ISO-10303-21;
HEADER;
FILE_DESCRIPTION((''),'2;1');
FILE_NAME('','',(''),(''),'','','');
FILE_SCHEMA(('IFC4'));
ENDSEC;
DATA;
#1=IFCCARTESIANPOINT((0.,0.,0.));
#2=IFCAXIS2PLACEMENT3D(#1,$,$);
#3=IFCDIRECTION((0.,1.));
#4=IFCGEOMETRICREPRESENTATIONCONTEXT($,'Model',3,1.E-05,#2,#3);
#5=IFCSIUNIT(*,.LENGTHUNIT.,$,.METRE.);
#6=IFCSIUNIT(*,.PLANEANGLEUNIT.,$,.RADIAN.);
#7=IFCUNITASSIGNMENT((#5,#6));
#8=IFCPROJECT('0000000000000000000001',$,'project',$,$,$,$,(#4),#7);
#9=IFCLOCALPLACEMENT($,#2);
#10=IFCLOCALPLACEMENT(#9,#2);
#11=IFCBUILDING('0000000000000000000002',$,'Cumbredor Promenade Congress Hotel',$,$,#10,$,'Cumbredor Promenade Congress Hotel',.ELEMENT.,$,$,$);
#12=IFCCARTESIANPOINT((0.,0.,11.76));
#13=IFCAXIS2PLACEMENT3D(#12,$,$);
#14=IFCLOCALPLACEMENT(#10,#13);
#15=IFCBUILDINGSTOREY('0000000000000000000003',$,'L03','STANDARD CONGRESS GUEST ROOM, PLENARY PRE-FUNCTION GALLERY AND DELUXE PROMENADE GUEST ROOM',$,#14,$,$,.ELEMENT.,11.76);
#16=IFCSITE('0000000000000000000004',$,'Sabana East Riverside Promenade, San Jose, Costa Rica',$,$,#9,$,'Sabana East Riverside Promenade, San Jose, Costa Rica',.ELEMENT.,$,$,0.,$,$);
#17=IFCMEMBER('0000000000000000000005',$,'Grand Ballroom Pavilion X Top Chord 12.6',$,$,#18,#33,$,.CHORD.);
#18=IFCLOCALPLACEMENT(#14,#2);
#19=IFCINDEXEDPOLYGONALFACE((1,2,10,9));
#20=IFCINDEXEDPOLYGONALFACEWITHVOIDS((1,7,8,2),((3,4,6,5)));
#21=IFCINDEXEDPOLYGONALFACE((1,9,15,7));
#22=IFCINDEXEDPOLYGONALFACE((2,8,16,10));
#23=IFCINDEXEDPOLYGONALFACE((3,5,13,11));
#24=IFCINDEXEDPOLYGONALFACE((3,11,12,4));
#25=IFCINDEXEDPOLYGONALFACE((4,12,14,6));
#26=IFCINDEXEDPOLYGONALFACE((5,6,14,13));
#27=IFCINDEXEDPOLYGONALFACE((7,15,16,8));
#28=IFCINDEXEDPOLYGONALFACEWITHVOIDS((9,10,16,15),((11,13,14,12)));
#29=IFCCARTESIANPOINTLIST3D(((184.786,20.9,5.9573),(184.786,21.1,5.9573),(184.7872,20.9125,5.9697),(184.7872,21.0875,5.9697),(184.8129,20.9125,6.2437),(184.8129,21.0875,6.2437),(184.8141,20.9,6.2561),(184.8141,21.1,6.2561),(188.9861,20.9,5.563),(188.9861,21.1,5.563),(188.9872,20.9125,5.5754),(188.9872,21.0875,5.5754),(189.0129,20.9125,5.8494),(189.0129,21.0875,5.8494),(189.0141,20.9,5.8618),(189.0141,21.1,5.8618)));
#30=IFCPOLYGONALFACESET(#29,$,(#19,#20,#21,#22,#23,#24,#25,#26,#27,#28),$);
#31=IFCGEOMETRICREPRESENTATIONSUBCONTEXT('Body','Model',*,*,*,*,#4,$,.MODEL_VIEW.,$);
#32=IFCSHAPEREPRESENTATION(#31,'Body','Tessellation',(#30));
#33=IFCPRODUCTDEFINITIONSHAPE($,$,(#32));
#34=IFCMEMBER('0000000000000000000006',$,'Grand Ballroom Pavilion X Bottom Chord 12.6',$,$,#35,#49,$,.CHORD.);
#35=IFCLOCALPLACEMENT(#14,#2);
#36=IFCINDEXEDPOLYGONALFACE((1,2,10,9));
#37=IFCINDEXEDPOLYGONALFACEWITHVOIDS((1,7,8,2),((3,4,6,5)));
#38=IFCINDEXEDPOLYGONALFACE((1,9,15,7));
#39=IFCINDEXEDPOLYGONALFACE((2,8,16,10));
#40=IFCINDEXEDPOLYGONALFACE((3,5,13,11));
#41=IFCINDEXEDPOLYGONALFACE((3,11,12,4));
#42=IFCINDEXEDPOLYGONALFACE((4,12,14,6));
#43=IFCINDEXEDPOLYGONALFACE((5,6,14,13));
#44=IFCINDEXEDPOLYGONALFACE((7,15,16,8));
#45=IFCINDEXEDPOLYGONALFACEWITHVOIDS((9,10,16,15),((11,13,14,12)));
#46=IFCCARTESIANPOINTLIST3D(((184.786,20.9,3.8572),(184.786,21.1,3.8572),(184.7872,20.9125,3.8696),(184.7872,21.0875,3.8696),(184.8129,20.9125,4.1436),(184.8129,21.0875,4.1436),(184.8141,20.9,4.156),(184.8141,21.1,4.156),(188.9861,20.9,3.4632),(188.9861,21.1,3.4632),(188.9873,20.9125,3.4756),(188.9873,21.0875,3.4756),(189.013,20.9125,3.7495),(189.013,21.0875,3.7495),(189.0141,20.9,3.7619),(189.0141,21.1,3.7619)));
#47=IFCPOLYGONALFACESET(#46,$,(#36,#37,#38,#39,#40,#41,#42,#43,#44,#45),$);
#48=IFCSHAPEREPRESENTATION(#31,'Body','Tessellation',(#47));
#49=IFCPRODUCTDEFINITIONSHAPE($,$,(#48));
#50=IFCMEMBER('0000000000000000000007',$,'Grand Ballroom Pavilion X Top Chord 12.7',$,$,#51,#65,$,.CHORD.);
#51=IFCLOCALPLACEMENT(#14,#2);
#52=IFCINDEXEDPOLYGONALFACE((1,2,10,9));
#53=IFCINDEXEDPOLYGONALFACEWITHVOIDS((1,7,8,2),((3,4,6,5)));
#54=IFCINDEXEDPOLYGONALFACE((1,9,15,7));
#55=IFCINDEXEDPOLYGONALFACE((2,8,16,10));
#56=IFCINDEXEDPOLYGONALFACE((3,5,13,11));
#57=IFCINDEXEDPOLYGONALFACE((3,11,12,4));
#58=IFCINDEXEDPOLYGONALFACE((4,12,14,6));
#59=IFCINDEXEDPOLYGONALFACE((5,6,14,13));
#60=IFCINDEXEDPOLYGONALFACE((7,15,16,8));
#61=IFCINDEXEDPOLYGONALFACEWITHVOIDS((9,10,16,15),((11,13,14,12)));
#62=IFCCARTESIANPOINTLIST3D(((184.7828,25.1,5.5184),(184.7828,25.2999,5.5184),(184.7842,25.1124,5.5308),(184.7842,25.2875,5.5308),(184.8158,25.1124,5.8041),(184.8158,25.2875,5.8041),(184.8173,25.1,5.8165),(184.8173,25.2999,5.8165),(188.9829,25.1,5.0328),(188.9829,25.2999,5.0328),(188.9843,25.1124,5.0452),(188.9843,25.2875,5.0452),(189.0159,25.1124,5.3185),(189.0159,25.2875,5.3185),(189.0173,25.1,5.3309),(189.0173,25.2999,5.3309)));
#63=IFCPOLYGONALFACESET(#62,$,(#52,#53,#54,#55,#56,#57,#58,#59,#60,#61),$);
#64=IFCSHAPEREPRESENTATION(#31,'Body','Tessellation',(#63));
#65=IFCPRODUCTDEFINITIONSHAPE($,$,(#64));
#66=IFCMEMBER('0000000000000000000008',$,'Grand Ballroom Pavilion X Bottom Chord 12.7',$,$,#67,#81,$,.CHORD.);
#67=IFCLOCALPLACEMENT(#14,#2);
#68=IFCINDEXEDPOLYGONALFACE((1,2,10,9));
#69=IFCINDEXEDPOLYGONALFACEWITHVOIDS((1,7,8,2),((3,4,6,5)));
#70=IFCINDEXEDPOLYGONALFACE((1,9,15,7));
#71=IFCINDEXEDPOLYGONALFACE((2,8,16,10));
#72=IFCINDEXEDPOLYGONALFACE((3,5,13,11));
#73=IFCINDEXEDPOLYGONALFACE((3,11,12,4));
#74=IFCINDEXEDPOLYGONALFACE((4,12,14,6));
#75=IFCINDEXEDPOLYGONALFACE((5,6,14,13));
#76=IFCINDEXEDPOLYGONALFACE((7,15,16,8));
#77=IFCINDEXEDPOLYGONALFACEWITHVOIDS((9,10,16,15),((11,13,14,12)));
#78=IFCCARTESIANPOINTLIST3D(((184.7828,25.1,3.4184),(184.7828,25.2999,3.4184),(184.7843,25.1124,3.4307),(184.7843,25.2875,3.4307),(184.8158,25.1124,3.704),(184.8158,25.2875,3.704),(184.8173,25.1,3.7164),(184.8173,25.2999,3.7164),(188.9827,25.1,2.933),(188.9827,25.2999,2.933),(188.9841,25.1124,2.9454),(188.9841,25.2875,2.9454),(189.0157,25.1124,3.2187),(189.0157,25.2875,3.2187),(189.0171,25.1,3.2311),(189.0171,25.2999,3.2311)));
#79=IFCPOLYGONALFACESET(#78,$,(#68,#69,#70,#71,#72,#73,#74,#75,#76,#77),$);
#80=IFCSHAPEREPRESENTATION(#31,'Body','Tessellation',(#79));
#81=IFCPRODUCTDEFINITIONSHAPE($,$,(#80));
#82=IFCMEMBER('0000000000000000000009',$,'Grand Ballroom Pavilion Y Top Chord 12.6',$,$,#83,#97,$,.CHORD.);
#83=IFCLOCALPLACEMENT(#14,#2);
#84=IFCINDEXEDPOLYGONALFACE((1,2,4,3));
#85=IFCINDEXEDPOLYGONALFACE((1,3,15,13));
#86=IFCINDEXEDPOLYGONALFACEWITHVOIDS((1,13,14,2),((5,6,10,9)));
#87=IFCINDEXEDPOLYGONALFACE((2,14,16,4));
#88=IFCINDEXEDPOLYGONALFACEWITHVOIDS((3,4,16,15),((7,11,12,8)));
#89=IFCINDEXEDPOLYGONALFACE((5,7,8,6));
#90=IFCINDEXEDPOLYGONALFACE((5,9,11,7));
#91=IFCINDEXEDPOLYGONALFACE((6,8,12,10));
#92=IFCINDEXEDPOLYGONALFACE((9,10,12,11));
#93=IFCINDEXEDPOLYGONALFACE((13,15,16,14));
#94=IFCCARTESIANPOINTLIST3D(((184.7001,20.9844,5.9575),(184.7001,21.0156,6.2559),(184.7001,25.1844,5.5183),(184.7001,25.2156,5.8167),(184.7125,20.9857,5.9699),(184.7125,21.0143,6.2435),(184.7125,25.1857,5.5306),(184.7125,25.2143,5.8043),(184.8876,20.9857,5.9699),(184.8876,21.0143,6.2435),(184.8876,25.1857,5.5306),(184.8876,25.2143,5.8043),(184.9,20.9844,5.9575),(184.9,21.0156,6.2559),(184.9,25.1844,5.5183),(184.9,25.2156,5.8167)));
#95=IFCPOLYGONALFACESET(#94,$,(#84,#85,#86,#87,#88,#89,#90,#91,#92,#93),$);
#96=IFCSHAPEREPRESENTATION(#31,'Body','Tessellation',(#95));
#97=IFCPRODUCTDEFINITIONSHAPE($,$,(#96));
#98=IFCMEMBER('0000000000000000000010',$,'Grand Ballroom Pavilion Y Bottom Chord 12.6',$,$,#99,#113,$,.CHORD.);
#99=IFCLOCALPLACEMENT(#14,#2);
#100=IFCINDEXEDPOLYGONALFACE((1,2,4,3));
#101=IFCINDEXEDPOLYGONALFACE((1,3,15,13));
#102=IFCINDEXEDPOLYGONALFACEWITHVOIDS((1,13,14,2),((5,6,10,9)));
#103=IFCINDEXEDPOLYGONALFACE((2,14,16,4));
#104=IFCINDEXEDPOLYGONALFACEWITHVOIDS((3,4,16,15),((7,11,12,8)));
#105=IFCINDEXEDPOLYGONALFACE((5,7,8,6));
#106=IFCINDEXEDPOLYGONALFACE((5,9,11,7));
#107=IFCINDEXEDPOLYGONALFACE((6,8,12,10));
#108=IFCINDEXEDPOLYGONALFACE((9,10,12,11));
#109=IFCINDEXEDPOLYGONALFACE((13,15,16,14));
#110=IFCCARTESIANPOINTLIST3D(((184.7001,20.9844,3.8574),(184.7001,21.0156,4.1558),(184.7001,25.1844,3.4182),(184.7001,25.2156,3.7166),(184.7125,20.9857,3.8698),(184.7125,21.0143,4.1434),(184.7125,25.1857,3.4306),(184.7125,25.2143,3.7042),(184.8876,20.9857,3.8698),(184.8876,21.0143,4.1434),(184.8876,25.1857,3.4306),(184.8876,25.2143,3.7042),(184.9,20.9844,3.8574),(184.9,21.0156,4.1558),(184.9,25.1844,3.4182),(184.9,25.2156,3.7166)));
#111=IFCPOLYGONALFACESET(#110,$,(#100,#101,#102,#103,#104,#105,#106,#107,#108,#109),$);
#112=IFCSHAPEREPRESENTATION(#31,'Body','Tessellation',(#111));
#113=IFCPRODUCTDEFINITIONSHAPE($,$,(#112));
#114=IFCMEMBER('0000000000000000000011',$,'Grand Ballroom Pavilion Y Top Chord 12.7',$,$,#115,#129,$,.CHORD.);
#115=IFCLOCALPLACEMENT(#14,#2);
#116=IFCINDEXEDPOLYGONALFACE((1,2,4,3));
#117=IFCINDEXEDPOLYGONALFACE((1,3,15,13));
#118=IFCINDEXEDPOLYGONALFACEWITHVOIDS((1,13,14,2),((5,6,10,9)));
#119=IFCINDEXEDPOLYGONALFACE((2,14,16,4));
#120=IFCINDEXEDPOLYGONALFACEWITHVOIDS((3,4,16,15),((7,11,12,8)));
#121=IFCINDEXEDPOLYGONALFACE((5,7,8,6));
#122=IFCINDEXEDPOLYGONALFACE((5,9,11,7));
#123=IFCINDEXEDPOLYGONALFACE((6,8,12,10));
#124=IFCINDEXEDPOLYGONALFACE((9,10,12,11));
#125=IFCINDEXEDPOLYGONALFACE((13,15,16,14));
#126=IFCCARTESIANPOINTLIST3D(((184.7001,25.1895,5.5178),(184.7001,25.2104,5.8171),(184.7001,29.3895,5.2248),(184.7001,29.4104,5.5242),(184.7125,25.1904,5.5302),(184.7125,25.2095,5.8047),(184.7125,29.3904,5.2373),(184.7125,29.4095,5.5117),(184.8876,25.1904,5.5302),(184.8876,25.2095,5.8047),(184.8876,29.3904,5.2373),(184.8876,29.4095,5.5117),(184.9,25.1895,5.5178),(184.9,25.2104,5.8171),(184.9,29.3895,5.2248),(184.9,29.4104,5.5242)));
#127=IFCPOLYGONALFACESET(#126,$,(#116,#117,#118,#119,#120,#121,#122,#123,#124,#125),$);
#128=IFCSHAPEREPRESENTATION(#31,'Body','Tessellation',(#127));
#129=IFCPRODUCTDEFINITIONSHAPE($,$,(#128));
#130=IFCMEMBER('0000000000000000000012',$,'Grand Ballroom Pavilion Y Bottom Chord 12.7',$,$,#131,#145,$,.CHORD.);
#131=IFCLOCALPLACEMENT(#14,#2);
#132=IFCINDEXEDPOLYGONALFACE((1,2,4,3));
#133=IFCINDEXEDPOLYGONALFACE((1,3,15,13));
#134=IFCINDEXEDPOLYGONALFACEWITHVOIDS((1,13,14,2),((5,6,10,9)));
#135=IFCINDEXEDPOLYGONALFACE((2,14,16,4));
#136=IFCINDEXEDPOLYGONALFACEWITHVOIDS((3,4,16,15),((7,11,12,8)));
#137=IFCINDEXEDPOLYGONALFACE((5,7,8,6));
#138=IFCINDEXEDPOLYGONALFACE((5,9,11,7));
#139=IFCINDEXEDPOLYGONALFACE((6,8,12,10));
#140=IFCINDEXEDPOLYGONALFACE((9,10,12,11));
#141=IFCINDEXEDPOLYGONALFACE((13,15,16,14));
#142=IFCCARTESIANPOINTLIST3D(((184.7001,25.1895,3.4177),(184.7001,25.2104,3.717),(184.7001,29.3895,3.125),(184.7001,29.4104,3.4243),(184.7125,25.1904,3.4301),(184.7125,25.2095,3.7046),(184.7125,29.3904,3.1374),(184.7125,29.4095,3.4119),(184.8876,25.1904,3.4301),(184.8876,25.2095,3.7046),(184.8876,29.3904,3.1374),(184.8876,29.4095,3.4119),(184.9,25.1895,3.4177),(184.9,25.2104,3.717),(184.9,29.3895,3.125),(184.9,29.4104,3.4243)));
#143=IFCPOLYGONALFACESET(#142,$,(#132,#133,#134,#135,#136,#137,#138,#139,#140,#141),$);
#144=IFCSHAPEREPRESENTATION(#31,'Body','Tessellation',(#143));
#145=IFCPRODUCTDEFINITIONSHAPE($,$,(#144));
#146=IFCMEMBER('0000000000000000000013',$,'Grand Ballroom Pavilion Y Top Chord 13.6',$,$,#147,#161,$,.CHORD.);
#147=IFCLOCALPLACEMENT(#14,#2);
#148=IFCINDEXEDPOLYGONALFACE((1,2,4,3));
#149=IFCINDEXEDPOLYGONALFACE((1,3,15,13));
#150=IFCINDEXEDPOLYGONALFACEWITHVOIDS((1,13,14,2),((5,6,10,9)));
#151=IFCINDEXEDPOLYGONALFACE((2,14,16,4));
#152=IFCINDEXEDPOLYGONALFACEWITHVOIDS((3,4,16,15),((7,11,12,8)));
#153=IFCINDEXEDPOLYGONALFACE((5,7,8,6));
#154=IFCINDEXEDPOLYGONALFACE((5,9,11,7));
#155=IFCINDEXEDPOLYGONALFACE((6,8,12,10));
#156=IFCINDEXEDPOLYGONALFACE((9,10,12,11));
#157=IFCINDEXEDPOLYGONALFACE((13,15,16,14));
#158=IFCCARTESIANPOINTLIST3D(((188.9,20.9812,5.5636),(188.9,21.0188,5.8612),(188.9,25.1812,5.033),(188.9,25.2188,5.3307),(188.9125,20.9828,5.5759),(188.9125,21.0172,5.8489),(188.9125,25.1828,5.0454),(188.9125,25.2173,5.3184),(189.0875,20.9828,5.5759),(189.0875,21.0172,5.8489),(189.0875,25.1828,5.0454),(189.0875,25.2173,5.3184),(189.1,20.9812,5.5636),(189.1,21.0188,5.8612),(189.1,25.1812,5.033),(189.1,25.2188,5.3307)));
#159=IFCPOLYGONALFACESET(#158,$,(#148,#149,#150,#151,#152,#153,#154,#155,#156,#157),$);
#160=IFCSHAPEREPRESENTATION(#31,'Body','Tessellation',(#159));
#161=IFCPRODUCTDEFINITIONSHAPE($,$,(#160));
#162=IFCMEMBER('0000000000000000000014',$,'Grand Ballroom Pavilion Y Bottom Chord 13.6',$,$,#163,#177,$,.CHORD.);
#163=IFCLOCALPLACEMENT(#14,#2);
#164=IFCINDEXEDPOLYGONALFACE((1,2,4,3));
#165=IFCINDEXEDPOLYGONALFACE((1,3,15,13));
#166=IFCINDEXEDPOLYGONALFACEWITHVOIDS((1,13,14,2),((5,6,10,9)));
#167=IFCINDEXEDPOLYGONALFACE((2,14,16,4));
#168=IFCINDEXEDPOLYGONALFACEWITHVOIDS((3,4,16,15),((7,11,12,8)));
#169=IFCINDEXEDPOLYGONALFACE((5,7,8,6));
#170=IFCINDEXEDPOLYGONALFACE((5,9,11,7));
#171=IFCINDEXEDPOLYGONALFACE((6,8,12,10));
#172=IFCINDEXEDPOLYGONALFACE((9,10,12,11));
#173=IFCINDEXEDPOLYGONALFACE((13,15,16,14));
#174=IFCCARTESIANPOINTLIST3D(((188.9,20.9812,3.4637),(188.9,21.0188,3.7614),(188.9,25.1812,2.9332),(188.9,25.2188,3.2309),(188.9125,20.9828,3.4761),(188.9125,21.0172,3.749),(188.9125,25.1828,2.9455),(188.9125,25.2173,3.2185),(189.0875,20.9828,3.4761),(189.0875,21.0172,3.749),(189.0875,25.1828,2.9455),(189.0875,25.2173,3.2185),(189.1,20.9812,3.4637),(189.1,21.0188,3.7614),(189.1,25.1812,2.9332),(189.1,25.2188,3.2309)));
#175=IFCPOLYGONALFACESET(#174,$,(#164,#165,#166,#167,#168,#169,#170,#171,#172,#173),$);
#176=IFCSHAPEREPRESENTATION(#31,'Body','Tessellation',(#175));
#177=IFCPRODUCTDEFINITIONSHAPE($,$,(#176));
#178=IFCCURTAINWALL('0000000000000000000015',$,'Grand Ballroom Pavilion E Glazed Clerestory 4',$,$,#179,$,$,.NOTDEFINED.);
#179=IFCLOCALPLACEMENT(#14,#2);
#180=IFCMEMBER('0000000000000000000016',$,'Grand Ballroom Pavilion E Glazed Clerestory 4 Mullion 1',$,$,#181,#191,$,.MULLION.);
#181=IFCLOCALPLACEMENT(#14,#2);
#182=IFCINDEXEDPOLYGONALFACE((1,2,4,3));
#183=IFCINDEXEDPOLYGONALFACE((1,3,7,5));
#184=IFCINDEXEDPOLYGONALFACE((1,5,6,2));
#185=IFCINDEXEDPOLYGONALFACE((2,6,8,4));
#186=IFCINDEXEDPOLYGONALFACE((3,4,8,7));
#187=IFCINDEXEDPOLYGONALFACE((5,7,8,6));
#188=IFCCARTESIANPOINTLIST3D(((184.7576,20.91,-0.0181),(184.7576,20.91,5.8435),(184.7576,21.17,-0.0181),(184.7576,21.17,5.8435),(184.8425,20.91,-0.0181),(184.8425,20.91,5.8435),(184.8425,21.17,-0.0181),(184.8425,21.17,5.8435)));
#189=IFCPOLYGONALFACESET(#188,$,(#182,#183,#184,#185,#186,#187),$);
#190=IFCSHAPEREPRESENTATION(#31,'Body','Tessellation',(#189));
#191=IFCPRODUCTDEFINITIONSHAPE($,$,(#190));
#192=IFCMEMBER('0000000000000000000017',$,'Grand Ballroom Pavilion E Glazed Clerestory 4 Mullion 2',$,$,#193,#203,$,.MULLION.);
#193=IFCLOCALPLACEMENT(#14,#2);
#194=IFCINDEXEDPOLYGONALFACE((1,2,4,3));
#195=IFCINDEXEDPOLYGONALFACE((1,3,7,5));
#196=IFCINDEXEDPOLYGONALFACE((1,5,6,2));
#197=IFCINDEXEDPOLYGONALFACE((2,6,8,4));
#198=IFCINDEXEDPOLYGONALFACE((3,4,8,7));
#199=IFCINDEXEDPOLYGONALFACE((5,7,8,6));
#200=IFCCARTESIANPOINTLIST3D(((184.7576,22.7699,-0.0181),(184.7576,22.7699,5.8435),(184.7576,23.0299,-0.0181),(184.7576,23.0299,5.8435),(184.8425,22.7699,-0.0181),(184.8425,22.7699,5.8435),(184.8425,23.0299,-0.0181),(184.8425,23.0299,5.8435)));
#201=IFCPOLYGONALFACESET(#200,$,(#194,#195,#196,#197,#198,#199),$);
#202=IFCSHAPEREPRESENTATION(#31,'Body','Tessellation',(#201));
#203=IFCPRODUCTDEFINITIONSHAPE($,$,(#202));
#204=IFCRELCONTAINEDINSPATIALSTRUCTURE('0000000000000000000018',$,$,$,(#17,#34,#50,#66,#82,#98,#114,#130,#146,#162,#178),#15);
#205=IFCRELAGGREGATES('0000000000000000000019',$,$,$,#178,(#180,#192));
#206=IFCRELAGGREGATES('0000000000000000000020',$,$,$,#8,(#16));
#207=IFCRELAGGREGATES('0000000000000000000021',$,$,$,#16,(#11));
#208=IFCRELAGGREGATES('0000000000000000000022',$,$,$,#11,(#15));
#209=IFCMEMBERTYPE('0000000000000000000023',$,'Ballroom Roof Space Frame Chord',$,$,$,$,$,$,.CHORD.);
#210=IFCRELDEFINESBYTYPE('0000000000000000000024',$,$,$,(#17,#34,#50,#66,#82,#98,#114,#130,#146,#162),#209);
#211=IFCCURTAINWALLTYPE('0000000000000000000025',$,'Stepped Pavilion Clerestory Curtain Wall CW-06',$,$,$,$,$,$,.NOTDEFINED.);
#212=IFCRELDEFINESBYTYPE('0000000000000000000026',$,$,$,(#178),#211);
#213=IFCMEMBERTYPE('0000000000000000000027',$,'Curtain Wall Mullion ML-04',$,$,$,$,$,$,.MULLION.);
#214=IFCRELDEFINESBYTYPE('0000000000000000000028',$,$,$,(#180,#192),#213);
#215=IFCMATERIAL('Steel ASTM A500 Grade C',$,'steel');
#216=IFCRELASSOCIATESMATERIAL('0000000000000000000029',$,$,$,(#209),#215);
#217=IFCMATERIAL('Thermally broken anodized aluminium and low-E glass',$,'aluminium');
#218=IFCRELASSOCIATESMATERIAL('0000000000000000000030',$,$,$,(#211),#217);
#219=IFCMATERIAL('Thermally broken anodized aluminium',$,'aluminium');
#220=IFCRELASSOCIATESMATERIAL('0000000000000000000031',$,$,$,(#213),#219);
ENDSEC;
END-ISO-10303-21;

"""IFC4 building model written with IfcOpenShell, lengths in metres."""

from ifc_helpers import new_model, si_unit, direction, frame, origin, origin_2d, place, context, subcontext, project, spatial, rectangle, hollow_rectangle, extrude, material, material_profile, profile_set, type_object, element, aggregate, save


model = new_model("IFC4")

# Units and contexts
model_context = context("Model", 3, precision=1e-05, world=origin(), true_north=direction((0.0, 1.0)))
body_context = subcontext(model_context, "Body", "Model", "MODEL_VIEW")
ifc_project = project(units=[si_unit("LENGTHUNIT", "METRE"), si_unit("PLANEANGLEUNIT", "RADIAN")], contexts=[model_context])

# Site, building, storey
site_placement = place(None, origin())
site = spatial("IfcSite", under=ifc_project, at=site_placement, Name="Sabana East Riverside Promenade, San Jose, Costa Rica", LongName="Sabana East Riverside Promenade, San Jose, Costa Rica", CompositionType="ELEMENT", RefElevation=0.0)
building_placement = place(site_placement, origin())
building = spatial("IfcBuilding", under=site, at=building_placement, Name="Cumbredor Promenade Congress Hotel", LongName="Cumbredor Promenade Congress Hotel", CompositionType="ELEMENT")
storey_placement = place(building_placement, frame((0.0, 0.0, 11.76)))
storey = spatial("IfcBuildingStorey", under=building, at=storey_placement, Name="L03", Description="STANDARD CONGRESS GUEST ROOM, PLENARY PRE-FUNCTION GALLERY AND DELUXE PROMENADE GUEST ROOM", CompositionType="ELEMENT", Elevation=11.76)

# Members
ifc_material_1 = material(Name="Steel ASTM A500 Grade C", Category="steel")
ifc_material_profile_1 = material_profile(ifc_material_1, hollow_rectangle(XDim=0.2, YDim=0.3, WallThickness=0.0125, at=origin_2d()), Name="HSS 300x200x12.5")
ifc_profile_set_1 = profile_set([ifc_material_profile_1], Name="Steel ASTM A500 Grade C")
member_type_1 = type_object("IfcMemberType", Name="Ballroom Roof Space Frame Chord", PredefinedType="CHORD", material=ifc_profile_set_1)
for number, where, z_axis, x_axis, name in (
    (1, (184.8, 21.0, 6.1067), (0.995622, 0.0, -0.093468), (0.0, 1.0, 0.0), "Grand Ballroom Pavilion X Top Chord 12.6"),
    (2, (184.8, 21.0, 4.0066), (0.995628, 0.0, -0.093411), (0.0, 1.0, 0.0), "Grand Ballroom Pavilion X Bottom Chord 12.6"),
):
    element("IfcMember", number, at=place(storey_placement, frame(where, z_axis=z_axis, x_axis=x_axis)), inside=storey, type_object=member_type_1, Name=name, PredefinedType="CHORD", context=body_context, shape_type="SweptSolid", body=[
        extrude(hollow_rectangle(XDim=0.2, YDim=0.3, WallThickness=0.0125, at=origin_2d()), origin(), (0.0, 0.0, 1.0), 4.2185),
    ])
member_1_placement = place(storey_placement, frame((184.8, 25.2, 5.6675), z_axis=(0.993382, 0.0, -0.114854), x_axis=(0.0, 1.0, 0.0)))
element("IfcMember", 3, at=member_1_placement, inside=storey, type_object=member_type_1, Name="Grand Ballroom Pavilion X Top Chord 12.7", PredefinedType="CHORD", context=body_context, shape_type="SweptSolid", body=[
    extrude(hollow_rectangle(XDim=0.2, YDim=0.3, WallThickness=0.0125, at=origin_2d()), origin(), (0.0, 0.0, 1.0), 4.228),
])
member_2_placement = place(storey_placement, frame((184.8, 25.2, 3.5674), z_axis=(0.993389, 0.0, -0.114797), x_axis=(0.0, 1.0, 0.0)))
element("IfcMember", 4, at=member_2_placement, inside=storey, type_object=member_type_1, Name="Grand Ballroom Pavilion X Bottom Chord 12.7", PredefinedType="CHORD", context=body_context, shape_type="SweptSolid", body=[
    extrude(hollow_rectangle(XDim=0.2, YDim=0.3, WallThickness=0.0125, at=origin_2d()), origin(), (0.0, 0.0, 1.0), 4.2278),
])
for number, where, z_axis, x_axis, name in (
    (5, (184.8, 21.0, 6.1067), (0.0, 0.994577, -0.104008), (-1.0, 0.0, 0.0), "Grand Ballroom Pavilion Y Top Chord 12.6"),
    (6, (184.8, 21.0, 4.0066), (0.0, 0.994577, -0.104008), (-1.0, 0.0, 0.0), "Grand Ballroom Pavilion Y Bottom Chord 12.6"),
):
    element("IfcMember", number, at=place(storey_placement, frame(where, z_axis=z_axis, x_axis=x_axis)), inside=storey, type_object=member_type_1, Name=name, PredefinedType="CHORD", context=body_context, shape_type="SweptSolid", body=[
        extrude(hollow_rectangle(XDim=0.2, YDim=0.3, WallThickness=0.0125, at=origin_2d()), origin(), (0.0, 0.0, 1.0), 4.2229),
    ])
for number, where, z_axis, x_axis, name in (
    (7, (184.8, 25.2, 5.6675), (0.0, 0.997576, -0.069586), (-1.0, 0.0, 0.0), "Grand Ballroom Pavilion Y Top Chord 12.7"),
    (8, (184.8, 25.2, 3.5674), (0.0, 0.99758, -0.069528), (-1.0, 0.0, 0.0), "Grand Ballroom Pavilion Y Bottom Chord 12.7"),
):
    element("IfcMember", number, at=place(storey_placement, frame(where, z_axis=z_axis, x_axis=x_axis)), inside=storey, type_object=member_type_1, Name=name, PredefinedType="CHORD", context=body_context, shape_type="SweptSolid", body=[
        extrude(hollow_rectangle(XDim=0.2, YDim=0.3, WallThickness=0.0125, at=origin_2d()), origin(), (0.0, 0.0, 1.0), 4.2102),
    ])
for number, where, z_axis, x_axis, name in (
    (9, (189.0, 21.0, 5.7124), (0.0, 0.992116, -0.125319), (-1.0, 0.0, 0.0), "Grand Ballroom Pavilion Y Top Chord 13.6"),
    (10, (189.0, 21.0, 3.6125), (0.0, 0.992116, -0.125319), (-1.0, 0.0, 0.0), "Grand Ballroom Pavilion Y Bottom Chord 13.6"),
):
    element("IfcMember", number, at=place(storey_placement, frame(where, z_axis=z_axis, x_axis=x_axis)), inside=storey, type_object=member_type_1, Name=name, PredefinedType="CHORD", context=body_context, shape_type="SweptSolid", body=[
        extrude(hollow_rectangle(XDim=0.2, YDim=0.3, WallThickness=0.0125, at=origin_2d()), origin(), (0.0, 0.0, 1.0), 4.2334),
    ])

# Curtain wall, members
ifc_material_2 = material(Name="Thermally broken anodized aluminium and low-E glass", Category="aluminium")
curtain_wall_type = type_object("IfcCurtainWallType", Name="Stepped Pavilion Clerestory Curtain Wall CW-06", PredefinedType="NOTDEFINED", material=ifc_material_2)
curtain_wall_placement = place(storey_placement, origin())
curtain_wall = element("IfcCurtainWall", 11, at=curtain_wall_placement, inside=storey, type_object=curtain_wall_type, Name="Grand Ballroom Pavilion E Glazed Clerestory 4", PredefinedType="NOTDEFINED")
ifc_material_3 = material(Name="Thermally broken anodized aluminium", Category="aluminium")
ifc_material_profile_2 = material_profile(ifc_material_3, rectangle(XDim=0.085, YDim=0.26, at=origin_2d()), Name="ALU MULLION CLERESTORY 85x260")
ifc_profile_set_2 = profile_set([ifc_material_profile_2], Name="Thermally broken anodized aluminium")
member_type_2 = type_object("IfcMemberType", Name="Curtain Wall Mullion ML-04", PredefinedType="MULLION", material=ifc_profile_set_2)
member_3_placement = place(storey_placement, frame((184.8, 21.04, -0.0181), z_axis=(0.0, 0.0, 1.0), x_axis=(1.0, 0.0, 0.0)))
member_3 = element("IfcMember", 12, at=member_3_placement, type_object=member_type_2, Name="Grand Ballroom Pavilion E Glazed Clerestory 4 Mullion 1", PredefinedType="MULLION", context=body_context, shape_type="SweptSolid", body=[
    extrude(rectangle(XDim=0.085, YDim=0.26, at=origin_2d()), origin(), (0.0, 0.0, 1.0), 5.8616),
])
member_4_placement = place(storey_placement, frame((184.8, 22.8999, -0.0181), z_axis=(0.0, 0.0, 1.0), x_axis=(1.0, 0.0, 0.0)))
member_4 = element("IfcMember", 13, at=member_4_placement, type_object=member_type_2, Name="Grand Ballroom Pavilion E Glazed Clerestory 4 Mullion 2", PredefinedType="MULLION", context=body_context, shape_type="SweptSolid", body=[
    extrude(rectangle(XDim=0.085, YDim=0.26, at=origin_2d()), origin(), (0.0, 0.0, 1.0), 5.8616),
])

aggregate(curtain_wall, [member_3, member_4])

save(model, "model.ifc")
